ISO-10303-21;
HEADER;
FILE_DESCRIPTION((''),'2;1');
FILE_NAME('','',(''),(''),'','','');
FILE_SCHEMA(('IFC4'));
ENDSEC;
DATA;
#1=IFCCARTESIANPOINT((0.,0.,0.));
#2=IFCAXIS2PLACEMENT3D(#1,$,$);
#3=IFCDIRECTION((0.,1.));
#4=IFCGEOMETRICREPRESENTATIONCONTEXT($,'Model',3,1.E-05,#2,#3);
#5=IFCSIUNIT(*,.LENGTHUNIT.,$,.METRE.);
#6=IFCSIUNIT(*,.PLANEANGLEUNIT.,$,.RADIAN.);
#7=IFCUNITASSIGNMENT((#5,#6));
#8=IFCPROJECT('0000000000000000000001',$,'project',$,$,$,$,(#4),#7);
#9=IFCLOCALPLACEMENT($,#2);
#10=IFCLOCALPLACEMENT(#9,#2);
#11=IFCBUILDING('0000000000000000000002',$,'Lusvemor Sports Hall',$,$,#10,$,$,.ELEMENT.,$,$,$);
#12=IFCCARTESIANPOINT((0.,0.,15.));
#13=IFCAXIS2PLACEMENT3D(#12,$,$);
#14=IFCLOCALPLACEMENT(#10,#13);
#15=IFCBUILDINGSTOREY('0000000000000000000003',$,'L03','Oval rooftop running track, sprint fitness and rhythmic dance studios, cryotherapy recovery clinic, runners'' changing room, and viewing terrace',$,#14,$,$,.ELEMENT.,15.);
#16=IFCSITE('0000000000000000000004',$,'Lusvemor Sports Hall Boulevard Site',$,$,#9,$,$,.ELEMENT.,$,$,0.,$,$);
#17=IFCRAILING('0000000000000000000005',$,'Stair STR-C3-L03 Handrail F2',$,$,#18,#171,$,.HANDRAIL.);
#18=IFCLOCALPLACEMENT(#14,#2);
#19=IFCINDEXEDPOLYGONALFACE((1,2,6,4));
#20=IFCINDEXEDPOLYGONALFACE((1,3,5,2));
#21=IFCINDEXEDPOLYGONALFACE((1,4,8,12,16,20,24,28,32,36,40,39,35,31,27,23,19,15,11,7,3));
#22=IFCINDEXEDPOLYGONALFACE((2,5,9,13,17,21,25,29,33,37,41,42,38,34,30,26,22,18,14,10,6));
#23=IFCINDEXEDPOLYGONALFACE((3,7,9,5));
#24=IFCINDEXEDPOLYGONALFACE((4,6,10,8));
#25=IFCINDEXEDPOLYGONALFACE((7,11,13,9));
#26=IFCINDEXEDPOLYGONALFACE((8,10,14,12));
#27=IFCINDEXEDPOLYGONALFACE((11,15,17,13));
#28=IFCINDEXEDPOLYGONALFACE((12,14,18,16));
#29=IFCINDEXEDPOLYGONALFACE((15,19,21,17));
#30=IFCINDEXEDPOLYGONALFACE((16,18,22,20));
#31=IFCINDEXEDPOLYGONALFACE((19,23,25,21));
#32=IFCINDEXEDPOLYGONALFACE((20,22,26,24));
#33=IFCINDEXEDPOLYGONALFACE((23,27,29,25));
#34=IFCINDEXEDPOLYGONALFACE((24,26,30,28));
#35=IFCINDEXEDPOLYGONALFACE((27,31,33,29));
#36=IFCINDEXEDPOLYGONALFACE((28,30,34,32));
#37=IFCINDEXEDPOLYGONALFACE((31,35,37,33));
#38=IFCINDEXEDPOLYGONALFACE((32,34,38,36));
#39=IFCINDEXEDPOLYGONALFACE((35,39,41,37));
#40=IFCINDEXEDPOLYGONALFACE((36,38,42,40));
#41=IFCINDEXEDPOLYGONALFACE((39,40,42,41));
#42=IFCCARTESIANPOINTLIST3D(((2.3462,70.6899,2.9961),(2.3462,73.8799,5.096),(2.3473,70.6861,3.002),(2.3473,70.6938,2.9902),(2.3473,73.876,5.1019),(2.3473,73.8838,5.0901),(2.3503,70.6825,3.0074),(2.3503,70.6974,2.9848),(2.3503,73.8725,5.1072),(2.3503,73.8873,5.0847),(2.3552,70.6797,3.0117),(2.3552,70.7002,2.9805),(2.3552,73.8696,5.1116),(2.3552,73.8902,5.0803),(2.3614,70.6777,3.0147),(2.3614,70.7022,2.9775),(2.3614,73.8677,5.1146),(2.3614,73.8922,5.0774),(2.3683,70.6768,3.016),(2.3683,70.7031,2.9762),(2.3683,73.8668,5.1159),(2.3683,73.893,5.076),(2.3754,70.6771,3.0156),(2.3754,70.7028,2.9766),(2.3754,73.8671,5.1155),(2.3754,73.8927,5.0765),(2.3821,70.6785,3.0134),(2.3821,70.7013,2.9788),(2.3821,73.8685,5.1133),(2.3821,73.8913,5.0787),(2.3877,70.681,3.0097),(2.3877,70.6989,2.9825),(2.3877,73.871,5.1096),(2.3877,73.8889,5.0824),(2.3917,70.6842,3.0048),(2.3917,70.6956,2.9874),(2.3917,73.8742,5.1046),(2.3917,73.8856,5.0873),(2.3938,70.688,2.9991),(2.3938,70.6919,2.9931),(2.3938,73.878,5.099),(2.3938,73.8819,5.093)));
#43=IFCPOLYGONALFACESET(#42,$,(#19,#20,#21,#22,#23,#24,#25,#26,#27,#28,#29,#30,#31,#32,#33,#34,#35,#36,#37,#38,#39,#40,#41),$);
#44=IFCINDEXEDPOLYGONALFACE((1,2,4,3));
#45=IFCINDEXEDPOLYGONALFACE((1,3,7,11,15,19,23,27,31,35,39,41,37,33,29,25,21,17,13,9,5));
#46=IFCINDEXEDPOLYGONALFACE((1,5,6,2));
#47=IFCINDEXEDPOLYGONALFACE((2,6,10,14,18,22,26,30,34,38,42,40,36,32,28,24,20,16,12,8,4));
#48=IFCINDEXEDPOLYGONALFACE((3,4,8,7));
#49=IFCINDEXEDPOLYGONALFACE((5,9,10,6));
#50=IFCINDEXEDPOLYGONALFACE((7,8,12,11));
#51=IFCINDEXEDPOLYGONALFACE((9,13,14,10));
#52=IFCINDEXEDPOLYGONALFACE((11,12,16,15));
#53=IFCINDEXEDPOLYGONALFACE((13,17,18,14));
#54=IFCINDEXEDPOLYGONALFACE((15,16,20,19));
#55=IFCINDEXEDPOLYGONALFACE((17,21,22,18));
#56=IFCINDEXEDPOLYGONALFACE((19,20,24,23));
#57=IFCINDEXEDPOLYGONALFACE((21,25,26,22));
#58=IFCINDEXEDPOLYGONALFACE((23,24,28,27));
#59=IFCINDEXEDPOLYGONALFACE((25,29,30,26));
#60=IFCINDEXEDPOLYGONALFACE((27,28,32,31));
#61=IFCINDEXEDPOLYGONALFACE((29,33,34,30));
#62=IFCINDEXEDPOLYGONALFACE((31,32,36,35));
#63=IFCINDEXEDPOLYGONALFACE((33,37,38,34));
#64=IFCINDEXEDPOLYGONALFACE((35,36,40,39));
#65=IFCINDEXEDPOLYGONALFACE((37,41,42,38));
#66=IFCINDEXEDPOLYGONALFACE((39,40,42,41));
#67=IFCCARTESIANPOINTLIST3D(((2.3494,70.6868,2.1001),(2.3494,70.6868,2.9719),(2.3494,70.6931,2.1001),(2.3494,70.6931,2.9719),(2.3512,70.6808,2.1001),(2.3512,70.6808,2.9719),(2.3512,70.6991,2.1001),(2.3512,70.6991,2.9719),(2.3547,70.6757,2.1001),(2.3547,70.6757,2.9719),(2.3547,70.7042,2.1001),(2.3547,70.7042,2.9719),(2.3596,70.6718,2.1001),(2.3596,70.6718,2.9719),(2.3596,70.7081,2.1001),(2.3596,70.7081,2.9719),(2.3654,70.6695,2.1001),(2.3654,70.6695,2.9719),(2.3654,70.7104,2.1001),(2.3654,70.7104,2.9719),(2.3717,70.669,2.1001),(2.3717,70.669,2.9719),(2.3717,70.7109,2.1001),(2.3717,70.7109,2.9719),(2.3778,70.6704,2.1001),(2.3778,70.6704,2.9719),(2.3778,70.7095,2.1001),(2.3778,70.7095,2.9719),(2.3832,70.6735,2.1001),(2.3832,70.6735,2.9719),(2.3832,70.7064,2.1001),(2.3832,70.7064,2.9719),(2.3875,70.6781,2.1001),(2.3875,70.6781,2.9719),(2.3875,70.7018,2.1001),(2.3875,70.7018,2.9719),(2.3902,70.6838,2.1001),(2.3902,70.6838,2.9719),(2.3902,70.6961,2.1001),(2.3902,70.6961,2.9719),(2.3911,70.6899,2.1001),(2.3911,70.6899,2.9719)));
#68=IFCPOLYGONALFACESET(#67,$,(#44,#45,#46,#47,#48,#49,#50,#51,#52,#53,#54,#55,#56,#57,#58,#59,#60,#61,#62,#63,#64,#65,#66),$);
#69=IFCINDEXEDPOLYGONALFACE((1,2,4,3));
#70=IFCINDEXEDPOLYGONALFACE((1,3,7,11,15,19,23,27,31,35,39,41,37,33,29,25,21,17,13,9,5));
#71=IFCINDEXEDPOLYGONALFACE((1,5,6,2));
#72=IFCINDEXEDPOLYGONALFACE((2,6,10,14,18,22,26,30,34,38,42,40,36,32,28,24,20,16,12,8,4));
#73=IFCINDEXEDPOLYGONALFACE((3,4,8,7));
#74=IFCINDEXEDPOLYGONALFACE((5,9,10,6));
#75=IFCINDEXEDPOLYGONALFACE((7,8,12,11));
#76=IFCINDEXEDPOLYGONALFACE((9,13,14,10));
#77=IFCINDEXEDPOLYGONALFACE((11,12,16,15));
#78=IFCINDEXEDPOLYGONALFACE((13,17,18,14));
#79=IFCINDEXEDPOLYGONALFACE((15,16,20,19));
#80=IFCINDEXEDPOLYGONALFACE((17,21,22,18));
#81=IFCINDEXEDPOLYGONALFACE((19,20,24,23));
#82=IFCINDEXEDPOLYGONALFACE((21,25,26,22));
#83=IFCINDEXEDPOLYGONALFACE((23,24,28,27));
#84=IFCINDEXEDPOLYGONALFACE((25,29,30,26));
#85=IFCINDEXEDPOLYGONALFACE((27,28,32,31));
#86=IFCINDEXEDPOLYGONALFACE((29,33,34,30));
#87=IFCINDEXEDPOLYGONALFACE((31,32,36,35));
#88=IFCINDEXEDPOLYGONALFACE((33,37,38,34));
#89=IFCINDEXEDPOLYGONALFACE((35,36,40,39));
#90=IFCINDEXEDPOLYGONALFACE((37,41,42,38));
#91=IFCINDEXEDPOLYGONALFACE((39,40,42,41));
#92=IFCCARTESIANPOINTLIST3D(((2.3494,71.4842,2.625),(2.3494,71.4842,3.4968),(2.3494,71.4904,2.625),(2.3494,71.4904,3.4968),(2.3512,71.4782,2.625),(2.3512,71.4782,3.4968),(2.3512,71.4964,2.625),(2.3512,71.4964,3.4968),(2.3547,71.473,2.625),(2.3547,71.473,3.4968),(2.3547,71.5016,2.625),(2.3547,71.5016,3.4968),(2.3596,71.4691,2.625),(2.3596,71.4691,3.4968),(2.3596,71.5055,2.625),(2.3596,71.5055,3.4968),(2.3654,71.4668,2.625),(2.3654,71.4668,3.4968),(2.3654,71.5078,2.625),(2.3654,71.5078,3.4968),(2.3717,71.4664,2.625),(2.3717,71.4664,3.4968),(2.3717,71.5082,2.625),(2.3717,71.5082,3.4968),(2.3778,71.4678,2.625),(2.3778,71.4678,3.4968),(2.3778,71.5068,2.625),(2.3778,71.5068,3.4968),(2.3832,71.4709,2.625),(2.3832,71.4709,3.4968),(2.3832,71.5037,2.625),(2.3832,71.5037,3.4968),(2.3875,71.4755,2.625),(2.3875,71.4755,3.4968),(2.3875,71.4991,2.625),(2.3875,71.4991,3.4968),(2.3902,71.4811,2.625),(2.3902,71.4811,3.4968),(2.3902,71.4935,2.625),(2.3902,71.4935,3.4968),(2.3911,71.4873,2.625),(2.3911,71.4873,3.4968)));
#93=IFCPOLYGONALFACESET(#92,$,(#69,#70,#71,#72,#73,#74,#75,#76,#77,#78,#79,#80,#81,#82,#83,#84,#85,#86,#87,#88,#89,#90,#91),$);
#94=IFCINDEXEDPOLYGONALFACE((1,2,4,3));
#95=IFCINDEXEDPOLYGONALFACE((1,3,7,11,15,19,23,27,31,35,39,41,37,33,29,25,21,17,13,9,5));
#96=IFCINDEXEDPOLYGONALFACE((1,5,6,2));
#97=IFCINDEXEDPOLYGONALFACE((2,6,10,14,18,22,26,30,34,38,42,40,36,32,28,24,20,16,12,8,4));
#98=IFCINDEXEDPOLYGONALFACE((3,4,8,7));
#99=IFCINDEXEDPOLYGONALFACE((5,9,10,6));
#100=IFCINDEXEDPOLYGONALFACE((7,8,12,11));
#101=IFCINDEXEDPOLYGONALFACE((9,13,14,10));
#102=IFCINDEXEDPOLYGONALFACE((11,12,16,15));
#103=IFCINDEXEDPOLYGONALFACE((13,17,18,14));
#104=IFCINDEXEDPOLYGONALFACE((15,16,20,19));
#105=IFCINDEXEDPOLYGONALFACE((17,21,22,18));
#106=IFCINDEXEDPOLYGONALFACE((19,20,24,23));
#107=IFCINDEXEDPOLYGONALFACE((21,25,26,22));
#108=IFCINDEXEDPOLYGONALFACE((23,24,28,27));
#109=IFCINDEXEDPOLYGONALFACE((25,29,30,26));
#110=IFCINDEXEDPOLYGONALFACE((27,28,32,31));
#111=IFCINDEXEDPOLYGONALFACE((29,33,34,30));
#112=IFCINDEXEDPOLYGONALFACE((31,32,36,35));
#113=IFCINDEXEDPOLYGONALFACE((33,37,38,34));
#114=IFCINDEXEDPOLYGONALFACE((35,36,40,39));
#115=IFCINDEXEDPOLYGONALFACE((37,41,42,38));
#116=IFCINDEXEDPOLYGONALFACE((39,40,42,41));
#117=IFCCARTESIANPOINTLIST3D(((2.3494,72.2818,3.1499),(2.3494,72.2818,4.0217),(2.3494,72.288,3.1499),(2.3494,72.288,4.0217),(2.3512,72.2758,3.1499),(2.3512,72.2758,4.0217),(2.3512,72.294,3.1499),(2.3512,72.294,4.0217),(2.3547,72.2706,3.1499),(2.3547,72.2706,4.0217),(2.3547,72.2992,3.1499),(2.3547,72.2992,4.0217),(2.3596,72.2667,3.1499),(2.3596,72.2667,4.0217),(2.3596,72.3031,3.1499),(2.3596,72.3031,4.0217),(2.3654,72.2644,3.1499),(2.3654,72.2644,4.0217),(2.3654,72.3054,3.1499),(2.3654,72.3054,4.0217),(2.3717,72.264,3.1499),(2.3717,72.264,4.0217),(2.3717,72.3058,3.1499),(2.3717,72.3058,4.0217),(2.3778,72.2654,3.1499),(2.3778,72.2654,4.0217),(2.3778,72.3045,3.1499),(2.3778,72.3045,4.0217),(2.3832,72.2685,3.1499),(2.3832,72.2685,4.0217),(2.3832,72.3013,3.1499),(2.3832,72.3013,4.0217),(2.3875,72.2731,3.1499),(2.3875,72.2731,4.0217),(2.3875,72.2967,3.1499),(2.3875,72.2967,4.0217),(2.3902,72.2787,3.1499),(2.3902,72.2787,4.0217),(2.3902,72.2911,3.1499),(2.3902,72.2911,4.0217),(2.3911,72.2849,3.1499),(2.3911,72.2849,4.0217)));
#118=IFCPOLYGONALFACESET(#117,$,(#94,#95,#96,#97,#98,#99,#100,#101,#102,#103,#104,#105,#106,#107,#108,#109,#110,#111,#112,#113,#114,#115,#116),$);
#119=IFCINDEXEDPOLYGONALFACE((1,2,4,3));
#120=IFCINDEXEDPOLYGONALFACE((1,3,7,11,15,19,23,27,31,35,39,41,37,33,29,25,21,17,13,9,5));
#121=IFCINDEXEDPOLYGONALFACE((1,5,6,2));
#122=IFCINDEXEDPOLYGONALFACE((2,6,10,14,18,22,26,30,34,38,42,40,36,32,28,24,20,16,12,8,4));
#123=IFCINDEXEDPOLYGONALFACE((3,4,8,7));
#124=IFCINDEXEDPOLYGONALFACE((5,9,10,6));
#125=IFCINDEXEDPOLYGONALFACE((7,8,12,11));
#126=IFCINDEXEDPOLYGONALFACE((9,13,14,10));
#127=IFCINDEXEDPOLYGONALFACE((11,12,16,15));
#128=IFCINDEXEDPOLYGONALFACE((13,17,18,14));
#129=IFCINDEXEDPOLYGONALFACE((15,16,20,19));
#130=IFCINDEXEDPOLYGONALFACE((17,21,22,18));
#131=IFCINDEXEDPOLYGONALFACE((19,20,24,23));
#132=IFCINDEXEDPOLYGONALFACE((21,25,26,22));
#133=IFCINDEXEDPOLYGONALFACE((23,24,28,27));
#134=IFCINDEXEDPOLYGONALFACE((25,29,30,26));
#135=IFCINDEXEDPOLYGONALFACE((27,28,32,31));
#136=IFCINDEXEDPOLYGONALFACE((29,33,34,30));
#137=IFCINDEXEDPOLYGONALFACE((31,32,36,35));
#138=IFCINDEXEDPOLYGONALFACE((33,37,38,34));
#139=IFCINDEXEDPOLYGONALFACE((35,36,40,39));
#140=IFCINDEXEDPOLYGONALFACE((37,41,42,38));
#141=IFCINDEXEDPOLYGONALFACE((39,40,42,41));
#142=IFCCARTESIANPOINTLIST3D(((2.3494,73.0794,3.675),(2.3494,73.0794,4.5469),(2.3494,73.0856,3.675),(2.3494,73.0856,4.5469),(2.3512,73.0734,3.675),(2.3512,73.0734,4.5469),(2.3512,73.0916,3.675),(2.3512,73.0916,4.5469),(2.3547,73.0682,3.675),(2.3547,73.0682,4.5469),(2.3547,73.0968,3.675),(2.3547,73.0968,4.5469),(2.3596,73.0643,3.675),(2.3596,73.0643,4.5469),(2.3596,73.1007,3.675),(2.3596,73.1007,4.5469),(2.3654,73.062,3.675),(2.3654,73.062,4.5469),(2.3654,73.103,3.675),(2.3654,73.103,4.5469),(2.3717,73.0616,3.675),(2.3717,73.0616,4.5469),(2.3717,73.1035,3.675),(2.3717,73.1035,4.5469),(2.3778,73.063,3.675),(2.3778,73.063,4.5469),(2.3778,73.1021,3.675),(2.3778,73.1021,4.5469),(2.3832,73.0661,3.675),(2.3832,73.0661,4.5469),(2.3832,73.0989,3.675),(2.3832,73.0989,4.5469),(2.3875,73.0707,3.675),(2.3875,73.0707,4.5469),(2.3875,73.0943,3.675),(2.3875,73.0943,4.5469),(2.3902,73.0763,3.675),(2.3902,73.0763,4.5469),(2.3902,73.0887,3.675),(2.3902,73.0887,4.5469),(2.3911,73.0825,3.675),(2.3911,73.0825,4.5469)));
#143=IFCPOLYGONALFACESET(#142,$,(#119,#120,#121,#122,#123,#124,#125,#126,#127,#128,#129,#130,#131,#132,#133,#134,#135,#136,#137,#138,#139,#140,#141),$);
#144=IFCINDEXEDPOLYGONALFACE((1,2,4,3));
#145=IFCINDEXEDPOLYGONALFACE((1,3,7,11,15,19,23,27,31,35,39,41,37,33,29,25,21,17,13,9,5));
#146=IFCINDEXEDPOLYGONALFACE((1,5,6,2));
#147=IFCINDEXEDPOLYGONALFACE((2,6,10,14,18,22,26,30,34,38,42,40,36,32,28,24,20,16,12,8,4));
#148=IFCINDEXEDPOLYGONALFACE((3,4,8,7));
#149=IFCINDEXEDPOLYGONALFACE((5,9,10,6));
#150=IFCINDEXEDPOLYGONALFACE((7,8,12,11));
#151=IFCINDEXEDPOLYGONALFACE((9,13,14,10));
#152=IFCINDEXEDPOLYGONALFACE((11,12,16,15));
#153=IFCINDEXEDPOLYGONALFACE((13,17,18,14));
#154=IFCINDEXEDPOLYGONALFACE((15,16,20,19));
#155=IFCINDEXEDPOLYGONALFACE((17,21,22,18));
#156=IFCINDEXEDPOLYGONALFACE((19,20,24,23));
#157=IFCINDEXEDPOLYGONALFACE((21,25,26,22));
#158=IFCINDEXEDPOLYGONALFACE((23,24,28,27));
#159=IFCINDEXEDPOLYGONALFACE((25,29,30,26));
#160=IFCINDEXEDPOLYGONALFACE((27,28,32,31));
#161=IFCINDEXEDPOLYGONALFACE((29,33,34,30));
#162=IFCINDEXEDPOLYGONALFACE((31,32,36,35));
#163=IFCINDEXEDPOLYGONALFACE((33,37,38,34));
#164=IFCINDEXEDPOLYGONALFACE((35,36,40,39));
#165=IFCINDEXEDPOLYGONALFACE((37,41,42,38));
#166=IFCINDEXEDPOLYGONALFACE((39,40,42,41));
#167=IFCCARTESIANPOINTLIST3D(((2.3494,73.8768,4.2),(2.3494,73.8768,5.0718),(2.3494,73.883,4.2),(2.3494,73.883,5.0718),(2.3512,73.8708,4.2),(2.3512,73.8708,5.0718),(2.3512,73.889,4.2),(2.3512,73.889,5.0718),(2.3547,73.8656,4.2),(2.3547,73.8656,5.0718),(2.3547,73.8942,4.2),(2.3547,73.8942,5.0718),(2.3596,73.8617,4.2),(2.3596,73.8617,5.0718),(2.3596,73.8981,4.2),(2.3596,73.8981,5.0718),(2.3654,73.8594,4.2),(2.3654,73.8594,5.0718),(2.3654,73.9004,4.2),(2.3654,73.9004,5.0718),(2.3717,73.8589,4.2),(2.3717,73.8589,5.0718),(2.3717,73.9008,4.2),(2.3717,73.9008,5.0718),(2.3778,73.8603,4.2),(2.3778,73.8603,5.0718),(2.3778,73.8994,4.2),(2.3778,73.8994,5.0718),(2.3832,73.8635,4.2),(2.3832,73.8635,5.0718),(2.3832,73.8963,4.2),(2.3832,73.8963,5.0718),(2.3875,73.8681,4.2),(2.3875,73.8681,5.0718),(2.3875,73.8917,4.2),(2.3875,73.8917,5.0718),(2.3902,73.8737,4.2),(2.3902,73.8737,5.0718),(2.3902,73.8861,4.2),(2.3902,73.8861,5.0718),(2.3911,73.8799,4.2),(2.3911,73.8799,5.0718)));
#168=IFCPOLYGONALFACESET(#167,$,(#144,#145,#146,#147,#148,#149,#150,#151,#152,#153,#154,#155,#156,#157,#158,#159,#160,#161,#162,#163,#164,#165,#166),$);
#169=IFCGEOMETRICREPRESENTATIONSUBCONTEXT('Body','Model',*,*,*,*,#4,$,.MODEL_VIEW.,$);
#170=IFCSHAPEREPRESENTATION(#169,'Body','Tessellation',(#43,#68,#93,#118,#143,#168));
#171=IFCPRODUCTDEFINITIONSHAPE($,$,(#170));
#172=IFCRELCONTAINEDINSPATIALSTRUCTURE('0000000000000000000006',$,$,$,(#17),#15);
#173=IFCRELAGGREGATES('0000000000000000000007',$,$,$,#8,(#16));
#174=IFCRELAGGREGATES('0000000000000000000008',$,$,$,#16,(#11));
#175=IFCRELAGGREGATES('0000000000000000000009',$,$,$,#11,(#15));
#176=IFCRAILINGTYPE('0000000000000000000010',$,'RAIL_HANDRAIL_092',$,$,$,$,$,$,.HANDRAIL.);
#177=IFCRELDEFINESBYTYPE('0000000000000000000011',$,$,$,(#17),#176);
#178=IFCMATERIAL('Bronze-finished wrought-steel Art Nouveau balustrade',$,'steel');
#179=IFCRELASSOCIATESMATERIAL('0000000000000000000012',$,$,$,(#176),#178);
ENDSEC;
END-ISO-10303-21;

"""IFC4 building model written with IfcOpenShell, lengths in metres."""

from ifc_helpers import new_model, si_unit, direction, frame, origin, origin_2d, place, context, subcontext, project, spatial, circle, extrude, material, type_object, element, save


model = new_model("IFC4")

# Units and contexts
model_context = context("Model", 3, precision=1e-05, world=origin(), true_north=direction((0.0, 1.0)))
body_context = subcontext(model_context, "Body", "Model", "MODEL_VIEW")
ifc_project = project(units=[si_unit("LENGTHUNIT", "METRE"), si_unit("PLANEANGLEUNIT", "RADIAN")], contexts=[model_context])

# Site, building, storey
site_placement = place(None, origin())
site = spatial("IfcSite", under=ifc_project, at=site_placement, Name="Lusvemor Sports Hall Boulevard Site", CompositionType="ELEMENT", RefElevation=0.0)
building_placement = place(site_placement, origin())
building = spatial("IfcBuilding", under=site, at=building_placement, Name="Lusvemor Sports Hall", CompositionType="ELEMENT")
storey_placement = place(building_placement, frame((0.0, 0.0, 15.0)))
storey = spatial("IfcBuildingStorey", under=building, at=storey_placement, Name="L03", Description="Oval rooftop running track, sprint fitness and rhythmic dance studios, cryotherapy recovery clinic, runners' changing room, and viewing terrace", CompositionType="ELEMENT", Elevation=15.0)

# Railing
ifc_material_1 = material(Name="Bronze-finished wrought-steel Art Nouveau balustrade", Category="steel")
railing_type_1 = type_object("IfcRailingType", Name="RAIL_HANDRAIL_092", PredefinedType="HANDRAIL", material=ifc_material_1)
railing_1_placement = place(storey_placement, frame((2.3701, 70.6899, 2.1001)))
element("IfcRailing", 1, at=railing_1_placement, inside=storey, type_object=railing_type_1, Name="Stair STR-C3-L03 Handrail F2", PredefinedType="HANDRAIL", context=body_context, shape_type="SweptSolid", body=[
    extrude(circle(Radius=0.0239, at=origin_2d()), frame((0.0, 0.0, 0.896), z_axis=(0.0, 0.835272, 0.549837), x_axis=(-1.0, 0.0, 0.0)), (0.0, 0.0, 1.0), 3.8191),
    extrude(circle(Radius=0.021, at=origin_2d()), origin(), (0.0, 0.0, 1.0), 0.8718),
    extrude(circle(Radius=0.021, at=origin_2d()), frame((0.0, 0.7974, 0.5249)), (0.0, 0.0, 1.0), 0.8718),
    extrude(circle(Radius=0.021, at=origin_2d()), frame((0.0, 1.595, 1.0498)), (0.0, 0.0, 1.0), 0.8718),
    extrude(circle(Radius=0.021, at=origin_2d()), frame((0.0, 2.3926, 1.575)), (0.0, 0.0, 1.0), 0.8718),
    extrude(circle(Radius=0.021, at=origin_2d()), frame((0.0, 3.1899, 2.0999)), (0.0, 0.0, 1.0), 0.8718),
])

save(model, "model.ifc")
